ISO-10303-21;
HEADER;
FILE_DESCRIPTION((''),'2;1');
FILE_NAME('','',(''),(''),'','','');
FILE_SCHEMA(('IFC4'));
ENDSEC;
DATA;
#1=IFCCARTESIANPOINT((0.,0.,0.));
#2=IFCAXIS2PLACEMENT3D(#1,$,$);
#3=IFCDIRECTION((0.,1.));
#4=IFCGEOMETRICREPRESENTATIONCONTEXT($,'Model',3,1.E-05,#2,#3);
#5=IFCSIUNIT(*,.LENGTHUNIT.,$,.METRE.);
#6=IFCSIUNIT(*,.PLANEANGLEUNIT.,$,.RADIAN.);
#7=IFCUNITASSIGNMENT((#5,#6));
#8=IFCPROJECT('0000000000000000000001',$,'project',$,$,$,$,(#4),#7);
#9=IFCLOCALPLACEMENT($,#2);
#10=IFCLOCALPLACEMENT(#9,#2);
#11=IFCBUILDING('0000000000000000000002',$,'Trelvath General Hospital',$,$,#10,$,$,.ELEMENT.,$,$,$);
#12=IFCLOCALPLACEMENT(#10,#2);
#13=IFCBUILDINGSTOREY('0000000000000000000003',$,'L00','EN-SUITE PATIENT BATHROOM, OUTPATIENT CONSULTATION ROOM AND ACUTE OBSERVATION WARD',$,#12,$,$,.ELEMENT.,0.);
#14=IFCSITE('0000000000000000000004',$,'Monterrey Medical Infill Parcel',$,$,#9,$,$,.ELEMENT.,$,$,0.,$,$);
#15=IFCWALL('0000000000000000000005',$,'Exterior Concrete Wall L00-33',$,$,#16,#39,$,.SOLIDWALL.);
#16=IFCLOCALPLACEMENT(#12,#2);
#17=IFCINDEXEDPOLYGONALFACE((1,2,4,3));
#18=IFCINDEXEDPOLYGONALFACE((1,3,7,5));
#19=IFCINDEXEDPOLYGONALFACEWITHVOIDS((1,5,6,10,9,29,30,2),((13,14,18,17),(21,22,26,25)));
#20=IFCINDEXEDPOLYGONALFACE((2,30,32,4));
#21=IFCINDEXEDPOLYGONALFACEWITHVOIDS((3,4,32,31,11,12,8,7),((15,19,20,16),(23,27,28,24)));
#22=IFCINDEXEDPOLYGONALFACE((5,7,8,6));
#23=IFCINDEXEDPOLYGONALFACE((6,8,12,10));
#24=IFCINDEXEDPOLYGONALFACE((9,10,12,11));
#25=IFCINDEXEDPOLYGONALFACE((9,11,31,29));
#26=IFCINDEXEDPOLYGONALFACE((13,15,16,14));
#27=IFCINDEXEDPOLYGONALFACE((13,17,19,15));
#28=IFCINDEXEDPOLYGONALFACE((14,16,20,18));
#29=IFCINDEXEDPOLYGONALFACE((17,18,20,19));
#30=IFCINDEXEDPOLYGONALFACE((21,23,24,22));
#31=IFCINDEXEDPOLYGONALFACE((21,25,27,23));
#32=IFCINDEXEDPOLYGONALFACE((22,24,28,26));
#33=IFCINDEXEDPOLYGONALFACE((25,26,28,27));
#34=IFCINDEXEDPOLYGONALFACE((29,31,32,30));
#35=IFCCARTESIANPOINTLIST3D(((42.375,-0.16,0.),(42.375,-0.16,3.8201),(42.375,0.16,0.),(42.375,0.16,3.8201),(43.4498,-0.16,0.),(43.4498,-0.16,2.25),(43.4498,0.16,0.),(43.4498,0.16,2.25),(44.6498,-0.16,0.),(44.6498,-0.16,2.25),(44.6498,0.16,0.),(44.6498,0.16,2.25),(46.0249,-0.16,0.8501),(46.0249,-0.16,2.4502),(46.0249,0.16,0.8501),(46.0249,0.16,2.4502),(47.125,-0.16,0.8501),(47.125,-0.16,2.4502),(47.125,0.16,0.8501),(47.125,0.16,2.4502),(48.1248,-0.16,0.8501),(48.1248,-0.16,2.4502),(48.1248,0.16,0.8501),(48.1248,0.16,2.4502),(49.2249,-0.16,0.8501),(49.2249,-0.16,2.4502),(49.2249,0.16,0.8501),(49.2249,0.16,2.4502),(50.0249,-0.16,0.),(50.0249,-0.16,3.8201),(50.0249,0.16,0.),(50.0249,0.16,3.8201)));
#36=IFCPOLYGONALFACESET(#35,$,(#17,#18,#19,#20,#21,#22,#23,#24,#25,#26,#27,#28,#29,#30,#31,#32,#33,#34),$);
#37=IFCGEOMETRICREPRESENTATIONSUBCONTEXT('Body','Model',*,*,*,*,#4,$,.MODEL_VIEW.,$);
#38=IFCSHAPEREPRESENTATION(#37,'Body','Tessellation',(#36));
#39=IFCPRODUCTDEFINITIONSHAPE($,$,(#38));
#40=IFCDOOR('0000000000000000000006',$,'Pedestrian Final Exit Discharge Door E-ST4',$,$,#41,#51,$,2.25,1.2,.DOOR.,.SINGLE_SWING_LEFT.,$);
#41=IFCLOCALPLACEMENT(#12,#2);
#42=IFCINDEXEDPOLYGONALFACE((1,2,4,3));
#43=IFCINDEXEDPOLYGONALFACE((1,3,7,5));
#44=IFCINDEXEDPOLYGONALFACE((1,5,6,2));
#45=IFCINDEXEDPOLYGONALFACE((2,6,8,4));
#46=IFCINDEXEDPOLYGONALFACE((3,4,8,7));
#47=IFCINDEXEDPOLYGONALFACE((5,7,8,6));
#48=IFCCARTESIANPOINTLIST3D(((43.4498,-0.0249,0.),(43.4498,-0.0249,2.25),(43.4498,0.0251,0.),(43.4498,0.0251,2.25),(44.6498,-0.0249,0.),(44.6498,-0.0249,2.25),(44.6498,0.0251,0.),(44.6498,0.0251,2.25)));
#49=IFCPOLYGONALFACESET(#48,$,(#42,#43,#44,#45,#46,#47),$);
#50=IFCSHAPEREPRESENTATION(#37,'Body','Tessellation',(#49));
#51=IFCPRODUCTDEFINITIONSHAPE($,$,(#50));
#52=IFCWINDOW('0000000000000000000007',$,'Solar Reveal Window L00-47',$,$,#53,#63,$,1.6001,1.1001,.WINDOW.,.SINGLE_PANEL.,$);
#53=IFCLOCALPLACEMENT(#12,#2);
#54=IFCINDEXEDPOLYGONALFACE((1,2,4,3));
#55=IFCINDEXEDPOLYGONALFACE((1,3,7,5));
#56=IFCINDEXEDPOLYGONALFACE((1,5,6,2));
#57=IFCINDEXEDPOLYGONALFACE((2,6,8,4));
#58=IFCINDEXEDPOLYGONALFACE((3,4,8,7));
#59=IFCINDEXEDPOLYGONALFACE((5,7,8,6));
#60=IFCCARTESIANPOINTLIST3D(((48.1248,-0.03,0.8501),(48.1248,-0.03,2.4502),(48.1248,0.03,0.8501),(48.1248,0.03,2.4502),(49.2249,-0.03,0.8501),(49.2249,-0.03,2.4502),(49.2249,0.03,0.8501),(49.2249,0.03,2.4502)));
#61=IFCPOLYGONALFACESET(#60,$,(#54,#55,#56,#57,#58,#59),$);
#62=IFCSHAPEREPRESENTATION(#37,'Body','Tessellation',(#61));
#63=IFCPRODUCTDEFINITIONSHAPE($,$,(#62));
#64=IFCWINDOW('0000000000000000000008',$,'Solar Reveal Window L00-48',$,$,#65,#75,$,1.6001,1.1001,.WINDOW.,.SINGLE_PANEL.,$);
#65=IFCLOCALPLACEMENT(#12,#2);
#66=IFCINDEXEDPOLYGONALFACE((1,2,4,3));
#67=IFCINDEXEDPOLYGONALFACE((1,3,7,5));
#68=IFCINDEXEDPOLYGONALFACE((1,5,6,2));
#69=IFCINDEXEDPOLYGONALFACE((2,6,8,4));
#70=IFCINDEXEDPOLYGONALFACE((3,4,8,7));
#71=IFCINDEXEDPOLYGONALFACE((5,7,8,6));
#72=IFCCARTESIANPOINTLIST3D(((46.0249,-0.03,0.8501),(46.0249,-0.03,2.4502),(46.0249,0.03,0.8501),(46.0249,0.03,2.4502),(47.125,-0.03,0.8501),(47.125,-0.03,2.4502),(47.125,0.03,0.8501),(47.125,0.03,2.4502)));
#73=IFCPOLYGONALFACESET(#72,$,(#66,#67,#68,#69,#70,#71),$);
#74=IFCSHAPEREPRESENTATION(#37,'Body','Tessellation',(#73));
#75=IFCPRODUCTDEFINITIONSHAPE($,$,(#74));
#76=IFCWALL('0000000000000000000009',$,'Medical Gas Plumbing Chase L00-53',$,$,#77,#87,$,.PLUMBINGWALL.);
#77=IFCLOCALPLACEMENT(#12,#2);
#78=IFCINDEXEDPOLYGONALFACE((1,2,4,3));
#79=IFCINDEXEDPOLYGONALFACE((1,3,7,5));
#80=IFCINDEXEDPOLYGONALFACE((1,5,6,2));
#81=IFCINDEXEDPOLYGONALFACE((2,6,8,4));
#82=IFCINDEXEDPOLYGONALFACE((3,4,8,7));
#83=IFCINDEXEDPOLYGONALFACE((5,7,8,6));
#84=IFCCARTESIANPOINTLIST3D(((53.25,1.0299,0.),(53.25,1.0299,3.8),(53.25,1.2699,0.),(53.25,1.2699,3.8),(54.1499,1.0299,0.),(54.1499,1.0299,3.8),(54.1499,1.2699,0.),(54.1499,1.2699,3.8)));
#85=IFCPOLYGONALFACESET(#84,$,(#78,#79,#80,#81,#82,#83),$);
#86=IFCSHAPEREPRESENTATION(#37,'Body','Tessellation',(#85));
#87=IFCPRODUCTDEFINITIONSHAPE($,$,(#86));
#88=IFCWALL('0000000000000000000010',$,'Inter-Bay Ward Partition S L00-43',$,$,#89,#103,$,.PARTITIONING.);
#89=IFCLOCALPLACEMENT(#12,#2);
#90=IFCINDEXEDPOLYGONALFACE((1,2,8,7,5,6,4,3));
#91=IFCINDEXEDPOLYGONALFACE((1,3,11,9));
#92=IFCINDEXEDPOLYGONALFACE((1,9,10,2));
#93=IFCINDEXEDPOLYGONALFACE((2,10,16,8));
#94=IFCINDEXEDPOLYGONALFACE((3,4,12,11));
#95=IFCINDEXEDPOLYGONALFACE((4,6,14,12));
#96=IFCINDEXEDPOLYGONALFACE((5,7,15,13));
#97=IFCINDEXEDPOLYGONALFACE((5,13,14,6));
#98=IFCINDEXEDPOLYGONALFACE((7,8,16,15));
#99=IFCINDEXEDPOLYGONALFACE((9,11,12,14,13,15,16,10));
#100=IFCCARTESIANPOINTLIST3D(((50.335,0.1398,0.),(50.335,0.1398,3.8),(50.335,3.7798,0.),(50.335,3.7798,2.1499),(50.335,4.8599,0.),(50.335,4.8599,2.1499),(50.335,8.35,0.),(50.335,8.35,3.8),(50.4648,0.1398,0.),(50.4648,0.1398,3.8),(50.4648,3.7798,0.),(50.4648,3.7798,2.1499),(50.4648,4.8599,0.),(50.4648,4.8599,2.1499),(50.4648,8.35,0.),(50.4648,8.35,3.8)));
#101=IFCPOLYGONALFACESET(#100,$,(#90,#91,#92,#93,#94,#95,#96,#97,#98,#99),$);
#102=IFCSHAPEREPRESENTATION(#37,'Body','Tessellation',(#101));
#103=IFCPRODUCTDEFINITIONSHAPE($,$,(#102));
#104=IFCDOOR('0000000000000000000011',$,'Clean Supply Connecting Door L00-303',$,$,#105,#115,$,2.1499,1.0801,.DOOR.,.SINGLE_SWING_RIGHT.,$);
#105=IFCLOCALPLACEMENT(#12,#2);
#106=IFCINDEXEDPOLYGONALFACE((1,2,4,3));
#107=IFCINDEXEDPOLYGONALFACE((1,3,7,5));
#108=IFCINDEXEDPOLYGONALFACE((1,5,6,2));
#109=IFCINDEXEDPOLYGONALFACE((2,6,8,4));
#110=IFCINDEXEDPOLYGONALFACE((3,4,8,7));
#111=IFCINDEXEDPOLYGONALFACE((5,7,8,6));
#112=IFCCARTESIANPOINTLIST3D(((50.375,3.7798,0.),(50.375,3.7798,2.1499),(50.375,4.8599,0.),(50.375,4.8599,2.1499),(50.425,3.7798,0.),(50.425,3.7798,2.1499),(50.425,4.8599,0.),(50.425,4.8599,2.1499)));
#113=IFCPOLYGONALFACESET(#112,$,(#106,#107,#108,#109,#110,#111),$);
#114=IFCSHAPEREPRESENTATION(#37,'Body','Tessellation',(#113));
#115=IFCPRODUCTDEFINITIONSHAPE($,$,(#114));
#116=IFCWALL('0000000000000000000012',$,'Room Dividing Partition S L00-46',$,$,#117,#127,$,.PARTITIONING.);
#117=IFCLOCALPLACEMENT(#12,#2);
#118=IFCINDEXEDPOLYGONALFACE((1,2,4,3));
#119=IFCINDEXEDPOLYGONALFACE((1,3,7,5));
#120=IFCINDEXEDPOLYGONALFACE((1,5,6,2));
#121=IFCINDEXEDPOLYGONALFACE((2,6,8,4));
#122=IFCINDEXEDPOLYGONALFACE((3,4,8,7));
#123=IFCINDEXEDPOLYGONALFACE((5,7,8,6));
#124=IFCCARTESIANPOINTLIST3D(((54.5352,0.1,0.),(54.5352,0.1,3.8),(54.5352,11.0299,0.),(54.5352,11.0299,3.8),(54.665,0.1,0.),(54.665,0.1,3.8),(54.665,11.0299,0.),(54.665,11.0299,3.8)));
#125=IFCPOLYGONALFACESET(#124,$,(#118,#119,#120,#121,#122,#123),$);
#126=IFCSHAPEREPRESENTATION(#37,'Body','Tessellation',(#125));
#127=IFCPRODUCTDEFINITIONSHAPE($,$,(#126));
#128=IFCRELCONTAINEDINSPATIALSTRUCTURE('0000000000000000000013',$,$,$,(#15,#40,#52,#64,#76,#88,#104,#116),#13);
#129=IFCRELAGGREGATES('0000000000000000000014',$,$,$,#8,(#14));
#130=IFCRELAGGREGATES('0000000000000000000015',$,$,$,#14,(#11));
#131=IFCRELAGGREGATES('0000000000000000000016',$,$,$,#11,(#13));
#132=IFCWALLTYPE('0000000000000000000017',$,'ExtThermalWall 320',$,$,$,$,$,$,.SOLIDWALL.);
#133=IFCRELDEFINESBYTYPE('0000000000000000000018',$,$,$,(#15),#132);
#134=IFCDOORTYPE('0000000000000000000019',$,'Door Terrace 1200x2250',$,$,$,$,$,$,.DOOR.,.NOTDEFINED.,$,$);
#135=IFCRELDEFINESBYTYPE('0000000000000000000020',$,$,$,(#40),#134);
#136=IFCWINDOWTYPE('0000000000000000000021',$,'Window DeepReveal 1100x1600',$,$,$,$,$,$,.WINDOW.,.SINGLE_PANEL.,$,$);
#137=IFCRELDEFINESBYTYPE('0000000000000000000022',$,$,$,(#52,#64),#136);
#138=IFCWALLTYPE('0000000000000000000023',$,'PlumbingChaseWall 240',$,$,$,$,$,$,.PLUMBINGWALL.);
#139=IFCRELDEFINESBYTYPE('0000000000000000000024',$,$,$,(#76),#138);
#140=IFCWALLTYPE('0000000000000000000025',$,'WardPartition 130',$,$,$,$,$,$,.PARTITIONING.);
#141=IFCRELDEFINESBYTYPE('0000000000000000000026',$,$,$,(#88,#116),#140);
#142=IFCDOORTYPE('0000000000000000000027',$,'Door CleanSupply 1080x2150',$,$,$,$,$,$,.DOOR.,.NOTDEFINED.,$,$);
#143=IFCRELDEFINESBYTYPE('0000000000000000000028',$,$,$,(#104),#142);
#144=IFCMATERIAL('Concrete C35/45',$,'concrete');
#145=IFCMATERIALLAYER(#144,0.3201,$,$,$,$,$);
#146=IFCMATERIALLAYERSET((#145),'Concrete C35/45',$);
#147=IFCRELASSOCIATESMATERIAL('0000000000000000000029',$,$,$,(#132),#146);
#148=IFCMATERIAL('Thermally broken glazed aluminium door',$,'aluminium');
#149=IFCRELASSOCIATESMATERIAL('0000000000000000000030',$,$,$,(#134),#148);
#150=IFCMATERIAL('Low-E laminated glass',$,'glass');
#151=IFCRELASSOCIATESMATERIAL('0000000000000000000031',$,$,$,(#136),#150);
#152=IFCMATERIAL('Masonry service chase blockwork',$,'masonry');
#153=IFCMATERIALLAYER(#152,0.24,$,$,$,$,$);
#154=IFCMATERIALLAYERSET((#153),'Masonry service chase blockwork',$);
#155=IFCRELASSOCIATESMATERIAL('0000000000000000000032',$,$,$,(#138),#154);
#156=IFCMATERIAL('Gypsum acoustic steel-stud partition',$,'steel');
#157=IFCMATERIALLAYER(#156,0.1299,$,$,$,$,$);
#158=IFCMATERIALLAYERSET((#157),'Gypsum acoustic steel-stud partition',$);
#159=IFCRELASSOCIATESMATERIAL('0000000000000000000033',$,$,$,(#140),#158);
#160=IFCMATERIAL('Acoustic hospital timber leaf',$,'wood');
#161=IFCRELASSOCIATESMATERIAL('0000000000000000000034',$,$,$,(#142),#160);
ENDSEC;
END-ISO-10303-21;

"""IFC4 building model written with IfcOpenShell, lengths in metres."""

from ifc_helpers import new_model, si_unit, direction, frame, frame_2d, origin, place, context, subcontext, project, spatial, rectangle, extrude, material, layer, layer_set, type_object, element, fill, save


model = new_model("IFC4")

# Units and contexts
model_context = context("Model", 3, precision=1e-05, world=origin(), true_north=direction((0.0, 1.0)))
body_context = subcontext(model_context, "Body", "Model", "MODEL_VIEW")
ifc_project = project(units=[si_unit("LENGTHUNIT", "METRE"), si_unit("PLANEANGLEUNIT", "RADIAN")], contexts=[model_context])

# Site, building, storey
site_placement = place(None, origin())
site = spatial("IfcSite", under=ifc_project, at=site_placement, Name="Monterrey Medical Infill Parcel", CompositionType="ELEMENT", RefElevation=0.0)
building_placement = place(site_placement, origin())
building = spatial("IfcBuilding", under=site, at=building_placement, Name="Trelvath General Hospital", CompositionType="ELEMENT")
storey_placement = place(building_placement, origin())
storey = spatial("IfcBuildingStorey", under=building, at=storey_placement, Name="L00", Description="EN-SUITE PATIENT BATHROOM, OUTPATIENT CONSULTATION ROOM AND ACUTE OBSERVATION WARD", CompositionType="ELEMENT", Elevation=0.0)

# Wall, openings, door, windows
ifc_material_1 = material(Name="Concrete C35/45", Category="concrete")
ifc_layer_1 = layer(ifc_material_1, 0.3201)
ifc_layer_set_1 = layer_set([ifc_layer_1], Name="Concrete C35/45")
wall_type_1 = type_object("IfcWallType", Name="ExtThermalWall 320", PredefinedType="SOLIDWALL", material=ifc_layer_set_1)
wall_1_placement = place(storey_placement, frame((50.0249, 0.0, 0.0), z_axis=(0.0, 0.0, 1.0), x_axis=(-1.0, 0.0, 0.0)))
wall_1 = element("IfcWall", 1, at=wall_1_placement, inside=storey, type_object=wall_type_1, Name="Exterior Concrete Wall L00-33", PredefinedType="SOLIDWALL", context=body_context, shape_type="SweptSolid", body=[
    extrude(rectangle(XDim=7.6499, YDim=0.3201, at=frame_2d((3.825, 0.0))), origin(), (0.0, 0.0, 1.0), 3.8201),
])
opening_1_placement = place(wall_1_placement, frame((5.375, 0.0, 0.0)))
opening_1 = element("IfcOpeningElement", 2, at=opening_1_placement, cuts=wall_1, PredefinedType="OPENING", context=body_context, shape_type="SweptSolid", body=[
    extrude(rectangle(XDim=1.2, YDim=2.25, at=frame_2d((0.6001, 1.125))), frame((0.0, 0.1699, 0.0), z_axis=(0.0, -1.0, 0.0), x_axis=(1.0, 0.0, 0.0)), (0.0, 0.0, 1.0), 0.3401),
])
opening_2_placement = place(wall_1_placement, frame((0.8, 0.0, 0.8501)))
opening_2 = element("IfcOpeningElement", 3, at=opening_2_placement, cuts=wall_1, PredefinedType="OPENING", context=body_context, shape_type="SweptSolid", body=[
    extrude(rectangle(XDim=1.1001, YDim=1.6001, at=frame_2d((0.55, 0.8))), frame((0.0, 0.1699, 0.0), z_axis=(0.0, -1.0, 0.0), x_axis=(1.0, 0.0, 0.0)), (0.0, 0.0, 1.0), 0.3401),
])
opening_3_placement = place(wall_1_placement, frame((2.8999, 0.0, 0.8501)))
opening_3 = element("IfcOpeningElement", 4, at=opening_3_placement, cuts=wall_1, PredefinedType="OPENING", context=body_context, shape_type="SweptSolid", body=[
    extrude(rectangle(XDim=1.1001, YDim=1.6001, at=frame_2d((0.55, 0.8))), frame((0.0, 0.1699, 0.0), z_axis=(0.0, -1.0, 0.0), x_axis=(1.0, 0.0, 0.0)), (0.0, 0.0, 1.0), 0.3401),
])
ifc_material_2 = material(Name="Thermally broken glazed aluminium door", Category="aluminium")
door_type_1 = type_object("IfcDoorType", Name="Door Terrace 1200x2250", OperationType="NOTDEFINED", PredefinedType="DOOR", material=ifc_material_2)
door_1_placement = place(opening_1_placement, origin())
door_1 = element("IfcDoor", 5, at=door_1_placement, inside=storey, type_object=door_type_1, Name="Pedestrian Final Exit Discharge Door E-ST4", OperationType="SINGLE_SWING_LEFT", OverallHeight=2.25, OverallWidth=1.2, PredefinedType="DOOR", context=body_context, shape_type="SweptSolid", body=[
    extrude(rectangle(XDim=1.2, YDim=2.25, at=frame_2d((0.6001, 1.125))), frame((0.0, 0.0249, 0.0), z_axis=(0.0, -1.0, 0.0), x_axis=(1.0, 0.0, 0.0)), (0.0, 0.0, 1.0), 0.05),
])
fill(opening_1, door_1)
ifc_material_3 = material(Name="Low-E laminated glass", Category="glass")
window_type = type_object("IfcWindowType", Name="Window DeepReveal 1100x1600", PartitioningType="SINGLE_PANEL", PredefinedType="WINDOW", material=ifc_material_3)
window_1_placement = place(opening_2_placement, origin())
window_1 = element("IfcWindow", 6, at=window_1_placement, inside=storey, type_object=window_type, Name="Solar Reveal Window L00-47", OverallHeight=1.6001, OverallWidth=1.1001, PartitioningType="SINGLE_PANEL", PredefinedType="WINDOW", context=body_context, shape_type="SweptSolid", body=[
    extrude(rectangle(XDim=1.1001, YDim=1.6001, at=frame_2d((0.55, 0.8))), frame((0.0, 0.03, 0.0), z_axis=(0.0, -1.0, 0.0), x_axis=(1.0, 0.0, 0.0)), (0.0, 0.0, 1.0), 0.0601),
])
fill(opening_2, window_1)
window_2_placement = place(opening_3_placement, origin())
window_2 = element("IfcWindow", 7, at=window_2_placement, inside=storey, type_object=window_type, Name="Solar Reveal Window L00-48", OverallHeight=1.6001, OverallWidth=1.1001, PartitioningType="SINGLE_PANEL", PredefinedType="WINDOW", context=body_context, shape_type="SweptSolid", body=[
    extrude(rectangle(XDim=1.1001, YDim=1.6001, at=frame_2d((0.55, 0.8))), frame((0.0, 0.03, 0.0), z_axis=(0.0, -1.0, 0.0), x_axis=(1.0, 0.0, 0.0)), (0.0, 0.0, 1.0), 0.0601),
])
fill(opening_3, window_2)

# Wall
ifc_material_4 = material(Name="Masonry service chase blockwork", Category="masonry")
ifc_layer_2 = layer(ifc_material_4, 0.24)
ifc_layer_set_2 = layer_set([ifc_layer_2], Name="Masonry service chase blockwork")
wall_type_2 = type_object("IfcWallType", Name="PlumbingChaseWall 240", PredefinedType="PLUMBINGWALL", material=ifc_layer_set_2)
wall_2_placement = place(storey_placement, frame((53.25, 1.1499, 0.0), z_axis=(0.0, 0.0, 1.0), x_axis=(1.0, 0.0, 0.0)))
element("IfcWall", 8, at=wall_2_placement, inside=storey, type_object=wall_type_2, Name="Medical Gas Plumbing Chase L00-53", PredefinedType="PLUMBINGWALL", context=body_context, shape_type="SweptSolid", body=[
    extrude(rectangle(XDim=0.8999, YDim=0.24, at=frame_2d((0.45, 0.0))), origin(), (0.0, 0.0, 1.0), 3.8),
])

# Wall, opening, door
ifc_material_5 = material(Name="Gypsum acoustic steel-stud partition", Category="steel")
ifc_layer_3 = layer(ifc_material_5, 0.1299)
ifc_layer_set_3 = layer_set([ifc_layer_3], Name="Gypsum acoustic steel-stud partition")
wall_type_3 = type_object("IfcWallType", Name="WardPartition 130", PredefinedType="PARTITIONING", material=ifc_layer_set_3)
wall_3_placement = place(storey_placement, frame((50.3999, 0.1399, 0.0), z_axis=(0.0, 0.0, 1.0), x_axis=(0.0, 1.0, 0.0)))
wall_3 = element("IfcWall", 9, at=wall_3_placement, inside=storey, type_object=wall_type_3, Name="Inter-Bay Ward Partition S L00-43", PredefinedType="PARTITIONING", context=body_context, shape_type="SweptSolid", body=[
    extrude(rectangle(XDim=8.2102, YDim=0.1299, at=frame_2d((4.105, 0.0))), origin(), (0.0, 0.0, 1.0), 3.8),
])
opening_4_placement = place(wall_3_placement, frame((3.6399, 0.0, 0.0)))
opening_4 = element("IfcOpeningElement", 10, at=opening_4_placement, cuts=wall_3, PredefinedType="OPENING", context=body_context, shape_type="SweptSolid", body=[
    extrude(rectangle(XDim=1.0801, YDim=2.1499, at=frame_2d((0.54, 1.075))), frame((0.0, 0.075, 0.0), z_axis=(0.0, -1.0, 0.0), x_axis=(1.0, 0.0, 0.0)), (0.0, 0.0, 1.0), 0.1499),
])
ifc_material_6 = material(Name="Acoustic hospital timber leaf", Category="wood")
door_type_2 = type_object("IfcDoorType", Name="Door CleanSupply 1080x2150", OperationType="NOTDEFINED", PredefinedType="DOOR", material=ifc_material_6)
door_2_placement = place(opening_4_placement, origin())
door_2 = element("IfcDoor", 11, at=door_2_placement, inside=storey, type_object=door_type_2, Name="Clean Supply Connecting Door L00-303", OperationType="SINGLE_SWING_RIGHT", OverallHeight=2.1499, OverallWidth=1.0801, PredefinedType="DOOR", context=body_context, shape_type="SweptSolid", body=[
    extrude(rectangle(XDim=1.0801, YDim=2.1499, at=frame_2d((0.54, 1.075))), frame((0.0, 0.0249, 0.0), z_axis=(0.0, -1.0, 0.0), x_axis=(1.0, 0.0, 0.0)), (0.0, 0.0, 1.0), 0.05),
])
fill(opening_4, door_2)

# Wall
wall_4_placement = place(storey_placement, frame((54.6001, 0.1001, 0.0), z_axis=(0.0, 0.0, 1.0), x_axis=(0.0, 1.0, 0.0)))
element("IfcWall", 12, at=wall_4_placement, inside=storey, type_object=wall_type_3, Name="Room Dividing Partition S L00-46", PredefinedType="PARTITIONING", context=body_context, shape_type="SweptSolid", body=[
    extrude(rectangle(XDim=10.9299, YDim=0.1299, at=frame_2d((5.4648, 0.0))), origin(), (0.0, 0.0, 1.0), 3.8),
])

save(model, "model.ifc")
